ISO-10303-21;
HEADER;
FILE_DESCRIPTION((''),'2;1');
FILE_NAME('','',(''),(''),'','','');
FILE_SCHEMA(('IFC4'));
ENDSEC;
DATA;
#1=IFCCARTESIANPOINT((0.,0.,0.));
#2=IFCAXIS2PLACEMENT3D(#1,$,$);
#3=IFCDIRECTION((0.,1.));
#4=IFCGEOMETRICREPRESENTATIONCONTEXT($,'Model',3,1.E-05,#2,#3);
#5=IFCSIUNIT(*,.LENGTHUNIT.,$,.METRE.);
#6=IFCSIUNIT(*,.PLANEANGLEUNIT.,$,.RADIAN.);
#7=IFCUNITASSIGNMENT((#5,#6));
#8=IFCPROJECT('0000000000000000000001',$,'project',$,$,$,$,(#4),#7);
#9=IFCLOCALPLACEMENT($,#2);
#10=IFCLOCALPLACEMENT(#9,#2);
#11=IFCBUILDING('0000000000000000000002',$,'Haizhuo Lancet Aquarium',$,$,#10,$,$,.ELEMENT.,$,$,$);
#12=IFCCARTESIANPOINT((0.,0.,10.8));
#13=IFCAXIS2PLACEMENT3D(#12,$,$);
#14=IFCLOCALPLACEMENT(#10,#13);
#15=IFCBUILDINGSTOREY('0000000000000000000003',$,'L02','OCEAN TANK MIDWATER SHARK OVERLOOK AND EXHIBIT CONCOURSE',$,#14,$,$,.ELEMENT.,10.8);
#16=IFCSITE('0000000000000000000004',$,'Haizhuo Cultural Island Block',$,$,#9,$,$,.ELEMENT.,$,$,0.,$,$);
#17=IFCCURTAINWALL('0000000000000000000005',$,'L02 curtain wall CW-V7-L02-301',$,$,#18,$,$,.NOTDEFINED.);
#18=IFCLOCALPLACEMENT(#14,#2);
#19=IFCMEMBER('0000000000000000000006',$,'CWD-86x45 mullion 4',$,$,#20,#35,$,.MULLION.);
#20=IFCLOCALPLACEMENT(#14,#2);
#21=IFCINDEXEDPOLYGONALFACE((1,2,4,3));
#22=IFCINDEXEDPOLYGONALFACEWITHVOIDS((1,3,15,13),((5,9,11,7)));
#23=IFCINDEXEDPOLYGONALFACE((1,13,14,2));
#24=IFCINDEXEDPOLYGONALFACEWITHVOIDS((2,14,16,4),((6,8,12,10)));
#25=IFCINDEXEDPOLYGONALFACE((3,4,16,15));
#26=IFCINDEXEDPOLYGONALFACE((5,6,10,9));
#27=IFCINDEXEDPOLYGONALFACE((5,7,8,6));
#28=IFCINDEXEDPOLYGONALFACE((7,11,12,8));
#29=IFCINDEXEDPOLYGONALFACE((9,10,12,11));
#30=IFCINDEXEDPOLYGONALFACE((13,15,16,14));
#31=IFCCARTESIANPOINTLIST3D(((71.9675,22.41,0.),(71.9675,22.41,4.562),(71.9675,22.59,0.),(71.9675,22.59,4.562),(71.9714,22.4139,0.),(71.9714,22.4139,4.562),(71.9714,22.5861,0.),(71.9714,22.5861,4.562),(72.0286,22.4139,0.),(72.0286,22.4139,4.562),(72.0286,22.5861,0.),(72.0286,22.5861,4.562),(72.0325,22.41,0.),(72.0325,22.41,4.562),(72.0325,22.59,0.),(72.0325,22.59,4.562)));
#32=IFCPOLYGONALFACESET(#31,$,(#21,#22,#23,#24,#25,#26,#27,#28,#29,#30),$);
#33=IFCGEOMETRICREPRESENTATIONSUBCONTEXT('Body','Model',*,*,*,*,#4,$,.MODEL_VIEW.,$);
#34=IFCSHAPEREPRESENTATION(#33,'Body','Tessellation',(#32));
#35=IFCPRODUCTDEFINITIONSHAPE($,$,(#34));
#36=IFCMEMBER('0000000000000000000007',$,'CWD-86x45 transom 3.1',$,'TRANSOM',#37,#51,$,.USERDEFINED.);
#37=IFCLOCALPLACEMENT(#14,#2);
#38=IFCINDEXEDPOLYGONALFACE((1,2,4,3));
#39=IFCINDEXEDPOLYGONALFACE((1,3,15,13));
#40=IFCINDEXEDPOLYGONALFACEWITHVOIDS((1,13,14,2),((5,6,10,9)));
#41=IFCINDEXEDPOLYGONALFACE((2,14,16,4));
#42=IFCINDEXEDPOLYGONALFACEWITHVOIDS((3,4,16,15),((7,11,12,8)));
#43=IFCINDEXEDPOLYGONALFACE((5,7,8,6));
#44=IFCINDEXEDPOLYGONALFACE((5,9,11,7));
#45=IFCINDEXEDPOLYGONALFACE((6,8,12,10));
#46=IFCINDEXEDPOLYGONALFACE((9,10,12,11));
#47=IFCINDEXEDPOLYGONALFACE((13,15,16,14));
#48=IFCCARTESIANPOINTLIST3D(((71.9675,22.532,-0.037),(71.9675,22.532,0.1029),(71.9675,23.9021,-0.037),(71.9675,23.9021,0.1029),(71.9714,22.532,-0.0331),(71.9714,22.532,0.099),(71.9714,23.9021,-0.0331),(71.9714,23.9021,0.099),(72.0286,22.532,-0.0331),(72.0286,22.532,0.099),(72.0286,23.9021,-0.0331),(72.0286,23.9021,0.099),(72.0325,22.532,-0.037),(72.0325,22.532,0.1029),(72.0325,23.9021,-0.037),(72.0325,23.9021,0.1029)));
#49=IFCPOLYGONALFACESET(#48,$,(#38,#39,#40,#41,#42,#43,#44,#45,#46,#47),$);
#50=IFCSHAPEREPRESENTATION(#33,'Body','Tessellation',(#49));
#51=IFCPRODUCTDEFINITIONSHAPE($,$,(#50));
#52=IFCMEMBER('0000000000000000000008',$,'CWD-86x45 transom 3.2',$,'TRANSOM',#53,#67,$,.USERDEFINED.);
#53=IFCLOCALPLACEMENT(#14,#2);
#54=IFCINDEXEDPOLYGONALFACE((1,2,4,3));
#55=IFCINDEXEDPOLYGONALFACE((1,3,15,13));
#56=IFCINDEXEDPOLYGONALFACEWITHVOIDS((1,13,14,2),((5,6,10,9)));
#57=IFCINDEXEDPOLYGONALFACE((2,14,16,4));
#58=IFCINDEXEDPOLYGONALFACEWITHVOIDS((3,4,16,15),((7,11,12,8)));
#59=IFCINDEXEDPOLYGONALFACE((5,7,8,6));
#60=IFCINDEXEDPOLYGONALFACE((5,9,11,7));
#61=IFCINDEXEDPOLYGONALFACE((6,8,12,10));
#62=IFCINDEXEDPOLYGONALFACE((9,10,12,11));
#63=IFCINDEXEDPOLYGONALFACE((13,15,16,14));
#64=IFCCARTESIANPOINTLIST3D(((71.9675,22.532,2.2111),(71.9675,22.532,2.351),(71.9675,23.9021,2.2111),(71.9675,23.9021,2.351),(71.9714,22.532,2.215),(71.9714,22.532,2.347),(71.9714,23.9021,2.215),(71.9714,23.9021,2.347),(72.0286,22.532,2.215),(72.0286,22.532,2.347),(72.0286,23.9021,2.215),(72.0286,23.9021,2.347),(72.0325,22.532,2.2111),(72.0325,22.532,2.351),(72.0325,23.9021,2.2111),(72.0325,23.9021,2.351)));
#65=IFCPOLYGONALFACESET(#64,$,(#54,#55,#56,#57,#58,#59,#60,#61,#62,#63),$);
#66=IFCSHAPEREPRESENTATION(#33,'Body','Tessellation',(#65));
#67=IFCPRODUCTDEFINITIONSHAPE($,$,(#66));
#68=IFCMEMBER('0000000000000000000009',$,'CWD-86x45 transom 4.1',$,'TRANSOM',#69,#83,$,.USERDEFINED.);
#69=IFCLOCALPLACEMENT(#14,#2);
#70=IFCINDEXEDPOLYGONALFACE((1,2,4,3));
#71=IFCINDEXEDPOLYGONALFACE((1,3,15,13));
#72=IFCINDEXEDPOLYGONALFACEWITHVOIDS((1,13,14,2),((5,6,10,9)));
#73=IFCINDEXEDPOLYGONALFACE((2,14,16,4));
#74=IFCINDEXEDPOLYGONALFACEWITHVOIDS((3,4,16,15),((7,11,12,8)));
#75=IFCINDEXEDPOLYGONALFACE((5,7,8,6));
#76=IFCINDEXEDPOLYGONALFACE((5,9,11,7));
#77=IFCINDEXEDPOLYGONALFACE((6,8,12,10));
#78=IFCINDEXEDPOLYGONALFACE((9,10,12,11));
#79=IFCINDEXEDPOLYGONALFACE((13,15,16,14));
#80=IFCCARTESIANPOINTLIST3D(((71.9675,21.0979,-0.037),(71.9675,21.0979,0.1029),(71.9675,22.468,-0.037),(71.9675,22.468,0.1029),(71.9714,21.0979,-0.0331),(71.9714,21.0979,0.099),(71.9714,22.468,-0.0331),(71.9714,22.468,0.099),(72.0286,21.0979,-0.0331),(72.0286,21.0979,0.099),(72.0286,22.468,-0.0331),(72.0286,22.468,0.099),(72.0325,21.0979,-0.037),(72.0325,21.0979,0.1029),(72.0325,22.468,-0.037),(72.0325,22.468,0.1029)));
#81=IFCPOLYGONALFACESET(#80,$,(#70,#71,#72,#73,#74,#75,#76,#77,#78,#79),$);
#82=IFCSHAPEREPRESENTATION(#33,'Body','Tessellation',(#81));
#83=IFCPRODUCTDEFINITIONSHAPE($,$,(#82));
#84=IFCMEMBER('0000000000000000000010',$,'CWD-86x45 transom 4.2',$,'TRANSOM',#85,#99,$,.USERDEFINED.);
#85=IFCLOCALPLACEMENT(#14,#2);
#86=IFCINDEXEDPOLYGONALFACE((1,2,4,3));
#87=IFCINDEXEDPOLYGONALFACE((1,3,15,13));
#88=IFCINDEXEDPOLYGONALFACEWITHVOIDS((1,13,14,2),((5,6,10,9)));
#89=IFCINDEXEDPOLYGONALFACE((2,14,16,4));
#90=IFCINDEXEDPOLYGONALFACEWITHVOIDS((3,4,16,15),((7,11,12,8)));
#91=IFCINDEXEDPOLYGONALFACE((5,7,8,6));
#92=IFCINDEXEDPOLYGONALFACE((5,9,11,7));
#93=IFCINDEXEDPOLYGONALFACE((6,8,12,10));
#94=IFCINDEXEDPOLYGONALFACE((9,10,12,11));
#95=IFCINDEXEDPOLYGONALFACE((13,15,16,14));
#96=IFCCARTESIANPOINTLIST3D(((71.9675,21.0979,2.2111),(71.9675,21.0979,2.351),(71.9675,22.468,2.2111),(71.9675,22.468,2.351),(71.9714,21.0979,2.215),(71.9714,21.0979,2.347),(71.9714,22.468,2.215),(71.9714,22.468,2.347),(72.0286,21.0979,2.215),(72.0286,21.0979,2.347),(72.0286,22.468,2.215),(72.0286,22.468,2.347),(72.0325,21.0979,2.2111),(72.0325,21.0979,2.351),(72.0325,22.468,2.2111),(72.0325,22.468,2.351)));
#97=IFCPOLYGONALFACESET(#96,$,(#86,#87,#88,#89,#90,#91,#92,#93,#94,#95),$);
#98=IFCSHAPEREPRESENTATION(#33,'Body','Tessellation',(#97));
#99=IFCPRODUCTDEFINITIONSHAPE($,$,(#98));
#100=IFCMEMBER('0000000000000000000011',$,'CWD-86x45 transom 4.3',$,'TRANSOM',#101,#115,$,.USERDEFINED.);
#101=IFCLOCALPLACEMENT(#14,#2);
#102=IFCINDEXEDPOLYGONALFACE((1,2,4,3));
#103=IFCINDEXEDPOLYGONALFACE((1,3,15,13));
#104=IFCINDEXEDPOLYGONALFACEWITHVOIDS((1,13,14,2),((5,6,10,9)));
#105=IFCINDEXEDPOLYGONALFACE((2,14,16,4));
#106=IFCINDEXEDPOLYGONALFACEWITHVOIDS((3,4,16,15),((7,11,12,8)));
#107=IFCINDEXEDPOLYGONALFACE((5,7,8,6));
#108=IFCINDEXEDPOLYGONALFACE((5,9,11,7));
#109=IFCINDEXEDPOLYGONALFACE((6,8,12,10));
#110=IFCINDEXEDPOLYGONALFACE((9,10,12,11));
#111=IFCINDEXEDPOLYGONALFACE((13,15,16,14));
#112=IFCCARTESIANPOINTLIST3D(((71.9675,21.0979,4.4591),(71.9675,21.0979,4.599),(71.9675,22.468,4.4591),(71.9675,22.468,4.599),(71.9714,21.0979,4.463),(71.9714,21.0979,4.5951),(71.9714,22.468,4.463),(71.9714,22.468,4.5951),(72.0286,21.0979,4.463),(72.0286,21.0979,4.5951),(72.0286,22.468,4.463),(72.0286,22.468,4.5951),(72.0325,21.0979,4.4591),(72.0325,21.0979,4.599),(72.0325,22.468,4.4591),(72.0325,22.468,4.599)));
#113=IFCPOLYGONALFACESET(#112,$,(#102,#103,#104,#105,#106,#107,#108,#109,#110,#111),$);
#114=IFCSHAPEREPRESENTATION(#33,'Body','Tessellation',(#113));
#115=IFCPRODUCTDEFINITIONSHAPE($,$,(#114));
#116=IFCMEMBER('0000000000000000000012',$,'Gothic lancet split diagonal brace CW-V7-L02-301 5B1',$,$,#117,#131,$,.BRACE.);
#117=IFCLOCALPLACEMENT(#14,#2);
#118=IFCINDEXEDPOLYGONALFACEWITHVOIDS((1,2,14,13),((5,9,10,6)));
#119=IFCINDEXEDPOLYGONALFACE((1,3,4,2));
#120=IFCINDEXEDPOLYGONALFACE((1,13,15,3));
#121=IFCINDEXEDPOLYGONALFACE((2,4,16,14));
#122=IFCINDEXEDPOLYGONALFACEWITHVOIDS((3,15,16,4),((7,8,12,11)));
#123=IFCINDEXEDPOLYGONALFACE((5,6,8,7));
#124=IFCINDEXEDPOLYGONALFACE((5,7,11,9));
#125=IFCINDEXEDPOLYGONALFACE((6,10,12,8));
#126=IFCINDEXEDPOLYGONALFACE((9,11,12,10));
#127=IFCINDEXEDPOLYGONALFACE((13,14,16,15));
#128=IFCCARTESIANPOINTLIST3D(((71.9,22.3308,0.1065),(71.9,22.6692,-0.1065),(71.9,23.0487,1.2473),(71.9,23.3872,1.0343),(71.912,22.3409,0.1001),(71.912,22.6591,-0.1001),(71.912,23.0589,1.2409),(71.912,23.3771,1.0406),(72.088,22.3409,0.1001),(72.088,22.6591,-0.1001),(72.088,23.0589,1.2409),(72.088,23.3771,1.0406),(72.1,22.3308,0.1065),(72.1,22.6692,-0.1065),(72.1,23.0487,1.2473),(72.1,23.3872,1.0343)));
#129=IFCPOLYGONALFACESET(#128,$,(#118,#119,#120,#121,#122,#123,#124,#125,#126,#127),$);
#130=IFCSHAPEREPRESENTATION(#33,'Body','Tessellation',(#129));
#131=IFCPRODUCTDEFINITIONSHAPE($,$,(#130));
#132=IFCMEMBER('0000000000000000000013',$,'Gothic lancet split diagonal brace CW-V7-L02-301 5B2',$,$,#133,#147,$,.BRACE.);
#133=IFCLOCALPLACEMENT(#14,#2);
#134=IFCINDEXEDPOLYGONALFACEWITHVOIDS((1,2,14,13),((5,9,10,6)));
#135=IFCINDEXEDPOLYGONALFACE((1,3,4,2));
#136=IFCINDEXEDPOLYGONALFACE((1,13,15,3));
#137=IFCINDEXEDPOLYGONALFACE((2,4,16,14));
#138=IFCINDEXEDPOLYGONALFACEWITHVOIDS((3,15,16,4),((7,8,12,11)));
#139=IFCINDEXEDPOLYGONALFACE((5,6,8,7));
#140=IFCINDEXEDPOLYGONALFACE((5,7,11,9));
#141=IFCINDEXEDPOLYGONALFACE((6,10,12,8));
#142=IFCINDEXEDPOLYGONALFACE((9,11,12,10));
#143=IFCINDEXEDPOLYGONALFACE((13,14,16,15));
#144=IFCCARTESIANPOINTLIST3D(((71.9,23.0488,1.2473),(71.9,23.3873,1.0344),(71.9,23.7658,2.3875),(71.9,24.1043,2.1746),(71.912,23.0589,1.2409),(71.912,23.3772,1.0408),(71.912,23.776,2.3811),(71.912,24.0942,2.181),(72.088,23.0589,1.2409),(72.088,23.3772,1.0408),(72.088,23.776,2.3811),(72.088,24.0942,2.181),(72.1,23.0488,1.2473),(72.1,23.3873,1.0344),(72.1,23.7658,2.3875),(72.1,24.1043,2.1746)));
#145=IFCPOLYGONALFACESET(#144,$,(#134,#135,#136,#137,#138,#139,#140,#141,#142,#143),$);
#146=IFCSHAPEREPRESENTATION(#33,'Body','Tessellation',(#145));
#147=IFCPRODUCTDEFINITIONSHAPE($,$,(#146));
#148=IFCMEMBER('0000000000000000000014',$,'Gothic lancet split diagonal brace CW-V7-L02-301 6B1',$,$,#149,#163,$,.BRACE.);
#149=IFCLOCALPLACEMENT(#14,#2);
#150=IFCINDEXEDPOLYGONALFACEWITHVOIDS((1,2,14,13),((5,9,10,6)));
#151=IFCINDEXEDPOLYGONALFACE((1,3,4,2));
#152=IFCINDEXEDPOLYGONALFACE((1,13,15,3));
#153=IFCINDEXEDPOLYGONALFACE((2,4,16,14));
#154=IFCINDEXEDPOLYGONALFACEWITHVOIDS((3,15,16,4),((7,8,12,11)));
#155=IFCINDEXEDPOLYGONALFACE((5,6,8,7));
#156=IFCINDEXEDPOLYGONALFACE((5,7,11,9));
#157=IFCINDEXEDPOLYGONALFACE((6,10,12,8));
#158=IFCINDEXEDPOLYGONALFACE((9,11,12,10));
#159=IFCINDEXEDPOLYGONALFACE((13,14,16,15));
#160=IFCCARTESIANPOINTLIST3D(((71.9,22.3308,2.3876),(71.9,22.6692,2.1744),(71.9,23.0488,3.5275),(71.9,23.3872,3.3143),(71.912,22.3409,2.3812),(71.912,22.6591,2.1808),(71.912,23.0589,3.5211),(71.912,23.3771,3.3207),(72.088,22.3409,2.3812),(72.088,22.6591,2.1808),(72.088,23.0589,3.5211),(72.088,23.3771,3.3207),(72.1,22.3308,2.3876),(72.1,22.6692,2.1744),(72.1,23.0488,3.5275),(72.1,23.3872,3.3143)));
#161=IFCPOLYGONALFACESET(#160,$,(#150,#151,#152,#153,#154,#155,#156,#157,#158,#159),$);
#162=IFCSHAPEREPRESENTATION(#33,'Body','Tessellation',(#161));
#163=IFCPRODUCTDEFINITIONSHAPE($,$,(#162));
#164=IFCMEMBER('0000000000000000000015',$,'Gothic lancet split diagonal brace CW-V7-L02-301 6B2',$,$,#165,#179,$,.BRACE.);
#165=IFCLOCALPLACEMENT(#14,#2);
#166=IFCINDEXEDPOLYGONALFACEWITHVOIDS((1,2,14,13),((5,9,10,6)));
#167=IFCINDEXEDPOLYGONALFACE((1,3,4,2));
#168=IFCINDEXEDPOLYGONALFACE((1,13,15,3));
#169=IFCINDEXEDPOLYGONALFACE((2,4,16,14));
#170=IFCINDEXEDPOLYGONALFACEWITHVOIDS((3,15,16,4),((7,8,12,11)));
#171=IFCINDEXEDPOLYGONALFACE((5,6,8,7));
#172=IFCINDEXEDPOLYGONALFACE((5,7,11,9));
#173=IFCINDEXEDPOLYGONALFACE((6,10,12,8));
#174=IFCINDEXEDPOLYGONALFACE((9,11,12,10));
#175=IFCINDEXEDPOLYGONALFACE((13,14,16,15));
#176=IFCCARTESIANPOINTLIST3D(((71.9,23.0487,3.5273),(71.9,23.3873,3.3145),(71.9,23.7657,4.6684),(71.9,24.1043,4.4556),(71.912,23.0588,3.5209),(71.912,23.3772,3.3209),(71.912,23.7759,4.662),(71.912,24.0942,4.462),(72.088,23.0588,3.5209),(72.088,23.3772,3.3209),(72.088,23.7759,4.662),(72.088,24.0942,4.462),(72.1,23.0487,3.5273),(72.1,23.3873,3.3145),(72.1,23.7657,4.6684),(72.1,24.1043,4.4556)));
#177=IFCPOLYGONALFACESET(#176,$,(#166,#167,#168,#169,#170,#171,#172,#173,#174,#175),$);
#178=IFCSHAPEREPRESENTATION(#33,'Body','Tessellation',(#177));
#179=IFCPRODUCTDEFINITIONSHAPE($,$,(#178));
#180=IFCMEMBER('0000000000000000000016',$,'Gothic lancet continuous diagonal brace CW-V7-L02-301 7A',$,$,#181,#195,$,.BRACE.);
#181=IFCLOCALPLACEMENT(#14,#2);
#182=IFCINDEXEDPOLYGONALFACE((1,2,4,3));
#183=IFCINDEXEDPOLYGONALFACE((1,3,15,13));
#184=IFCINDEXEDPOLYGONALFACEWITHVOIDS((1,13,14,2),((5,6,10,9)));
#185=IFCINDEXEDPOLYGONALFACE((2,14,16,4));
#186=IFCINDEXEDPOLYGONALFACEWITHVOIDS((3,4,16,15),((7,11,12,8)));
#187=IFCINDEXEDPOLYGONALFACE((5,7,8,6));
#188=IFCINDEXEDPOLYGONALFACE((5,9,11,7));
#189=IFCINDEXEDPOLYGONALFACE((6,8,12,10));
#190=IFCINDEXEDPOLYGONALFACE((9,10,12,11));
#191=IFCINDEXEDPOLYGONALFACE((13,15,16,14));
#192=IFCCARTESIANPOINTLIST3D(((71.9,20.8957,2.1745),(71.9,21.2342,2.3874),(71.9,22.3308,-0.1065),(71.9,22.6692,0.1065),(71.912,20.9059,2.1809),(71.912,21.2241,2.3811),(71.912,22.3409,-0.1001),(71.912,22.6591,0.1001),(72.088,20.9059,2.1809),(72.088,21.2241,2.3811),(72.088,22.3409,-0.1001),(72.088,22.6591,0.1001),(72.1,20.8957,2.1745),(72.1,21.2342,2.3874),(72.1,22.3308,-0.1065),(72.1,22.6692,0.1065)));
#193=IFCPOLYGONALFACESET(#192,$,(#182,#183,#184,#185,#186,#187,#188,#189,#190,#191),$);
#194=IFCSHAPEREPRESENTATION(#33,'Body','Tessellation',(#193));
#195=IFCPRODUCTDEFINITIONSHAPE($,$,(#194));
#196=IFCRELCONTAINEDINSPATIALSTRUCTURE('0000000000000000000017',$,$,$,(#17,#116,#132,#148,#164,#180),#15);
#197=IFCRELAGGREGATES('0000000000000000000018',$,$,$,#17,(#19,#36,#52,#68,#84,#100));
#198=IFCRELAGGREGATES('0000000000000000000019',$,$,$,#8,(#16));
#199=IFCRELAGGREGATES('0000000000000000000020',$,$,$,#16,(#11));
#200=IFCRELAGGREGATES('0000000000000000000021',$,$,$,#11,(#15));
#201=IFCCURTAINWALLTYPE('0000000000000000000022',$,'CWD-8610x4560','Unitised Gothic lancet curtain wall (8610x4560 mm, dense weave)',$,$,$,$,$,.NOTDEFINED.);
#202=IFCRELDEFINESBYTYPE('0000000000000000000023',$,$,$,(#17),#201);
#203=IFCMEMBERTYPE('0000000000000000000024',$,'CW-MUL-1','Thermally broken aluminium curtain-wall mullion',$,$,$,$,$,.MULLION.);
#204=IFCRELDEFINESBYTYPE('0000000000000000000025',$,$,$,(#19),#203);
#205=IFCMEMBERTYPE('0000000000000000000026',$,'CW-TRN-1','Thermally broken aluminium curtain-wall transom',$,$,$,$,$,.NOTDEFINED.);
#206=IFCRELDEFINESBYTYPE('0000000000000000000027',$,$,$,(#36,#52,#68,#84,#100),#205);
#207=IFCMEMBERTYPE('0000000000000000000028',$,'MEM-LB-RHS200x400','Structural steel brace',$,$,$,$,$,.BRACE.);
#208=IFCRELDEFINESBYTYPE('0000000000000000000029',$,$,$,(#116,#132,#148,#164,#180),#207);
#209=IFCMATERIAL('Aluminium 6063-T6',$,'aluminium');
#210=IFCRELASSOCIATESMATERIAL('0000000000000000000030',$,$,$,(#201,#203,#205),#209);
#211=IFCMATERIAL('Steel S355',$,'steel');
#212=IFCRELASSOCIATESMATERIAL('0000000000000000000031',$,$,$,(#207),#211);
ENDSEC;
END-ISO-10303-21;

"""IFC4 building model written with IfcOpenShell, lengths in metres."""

from ifc_helpers import new_model, si_unit, direction, frame, origin, origin_2d, place, context, subcontext, project, spatial, hollow_rectangle, extrude, material, material_profile, profile_set, type_object, element, aggregate, save


model = new_model("IFC4")

# Units and contexts
model_context = context("Model", 3, precision=1e-05, world=origin(), true_north=direction((0.0, 1.0)))
body_context = subcontext(model_context, "Body", "Model", "MODEL_VIEW")
ifc_project = project(units=[si_unit("LENGTHUNIT", "METRE"), si_unit("PLANEANGLEUNIT", "RADIAN")], contexts=[model_context])

# Site, building, storey
site_placement = place(None, origin())
site = spatial("IfcSite", under=ifc_project, at=site_placement, Name="Haizhuo Cultural Island Block", CompositionType="ELEMENT", RefElevation=0.0)
building_placement = place(site_placement, origin())
building = spatial("IfcBuilding", under=site, at=building_placement, Name="Haizhuo Lancet Aquarium", CompositionType="ELEMENT")
storey_placement = place(building_placement, frame((0.0, 0.0, 10.8)))
storey = spatial("IfcBuildingStorey", under=building, at=storey_placement, Name="L02", Description="OCEAN TANK MIDWATER SHARK OVERLOOK AND EXHIBIT CONCOURSE", CompositionType="ELEMENT", Elevation=10.8)

# Curtain wall, members
ifc_material_1 = material(Name="Aluminium 6063-T6", Category="aluminium")
curtain_wall_type = type_object("IfcCurtainWallType", Name="CWD-8610x4560", Description="Unitised Gothic lancet curtain wall (8610x4560 mm, dense weave)", PredefinedType="NOTDEFINED", material=ifc_material_1)
curtain_wall_placement = place(storey_placement, origin())
curtain_wall = element("IfcCurtainWall", 1, at=curtain_wall_placement, inside=storey, type_object=curtain_wall_type, Name="L02 curtain wall CW-V7-L02-301", PredefinedType="NOTDEFINED")
ifc_material_profile_1 = material_profile(ifc_material_1, hollow_rectangle(XDim=0.0649, YDim=0.1799, WallThickness=0.0039, at=origin_2d()), Name="ALU-M 65x180x4")
ifc_profile_set_1 = profile_set([ifc_material_profile_1], Name="Aluminium 6063-T6")
member_type_1 = type_object("IfcMemberType", Name="CW-MUL-1", Description="Thermally broken aluminium curtain-wall mullion", PredefinedType="MULLION", material=ifc_profile_set_1)
member_1_placement = place(storey_placement, frame((72.0, 22.5, 0.0), z_axis=(0.0, 0.0, 1.0), x_axis=(1.0, 0.0, 0.0)))
member_1 = element("IfcMember", 2, at=member_1_placement, type_object=member_type_1, Name="CWD-86x45 mullion 4", PredefinedType="MULLION", context=body_context, shape_type="SweptSolid", body=[
    extrude(hollow_rectangle(XDim=0.0649, YDim=0.1799, WallThickness=0.0039, at=origin_2d()), origin(), (0.0, 0.0, 1.0), 4.562),
])
ifc_material_profile_2 = material_profile(ifc_material_1, hollow_rectangle(XDim=0.0649, YDim=0.1399, WallThickness=0.0039, at=origin_2d()), Name="ALU-T 65x140x4")
ifc_profile_set_2 = profile_set([ifc_material_profile_2], Name="Aluminium 6063-T6")
member_type_2 = type_object("IfcMemberType", Name="CW-TRN-1", Description="Thermally broken aluminium curtain-wall transom", PredefinedType="NOTDEFINED", material=ifc_profile_set_2)
member_2_placement = place(storey_placement, frame((72.0, 23.9021, 0.033), z_axis=(0.0, -1.0, 0.0), x_axis=(1.0, 0.0, 0.0)))
member_2 = element("IfcMember", 3, at=member_2_placement, type_object=member_type_2, Name="CWD-86x45 transom 3.1", ObjectType="TRANSOM", PredefinedType="USERDEFINED", context=body_context, shape_type="SweptSolid", body=[
    extrude(hollow_rectangle(XDim=0.0649, YDim=0.1399, WallThickness=0.0039, at=origin_2d()), origin(), (0.0, 0.0, 1.0), 1.3701),
])
member_3_placement = place(storey_placement, frame((72.0, 23.9021, 2.281), z_axis=(0.0, -1.0, 0.0), x_axis=(1.0, 0.0, 0.0)))
member_3 = element("IfcMember", 4, at=member_3_placement, type_object=member_type_2, Name="CWD-86x45 transom 3.2", ObjectType="TRANSOM", PredefinedType="USERDEFINED", context=body_context, shape_type="SweptSolid", body=[
    extrude(hollow_rectangle(XDim=0.0649, YDim=0.1399, WallThickness=0.0039, at=origin_2d()), origin(), (0.0, 0.0, 1.0), 1.3701),
])
member_4_placement = place(storey_placement, frame((72.0, 22.468, 0.033), z_axis=(0.0, -1.0, 0.0), x_axis=(1.0, 0.0, 0.0)))
member_4 = element("IfcMember", 5, at=member_4_placement, type_object=member_type_2, Name="CWD-86x45 transom 4.1", ObjectType="TRANSOM", PredefinedType="USERDEFINED", context=body_context, shape_type="SweptSolid", body=[
    extrude(hollow_rectangle(XDim=0.0649, YDim=0.1399, WallThickness=0.0039, at=origin_2d()), origin(), (0.0, 0.0, 1.0), 1.3701),
])
member_5_placement = place(storey_placement, frame((72.0, 22.468, 2.281), z_axis=(0.0, -1.0, 0.0), x_axis=(1.0, 0.0, 0.0)))
member_5 = element("IfcMember", 6, at=member_5_placement, type_object=member_type_2, Name="CWD-86x45 transom 4.2", ObjectType="TRANSOM", PredefinedType="USERDEFINED", context=body_context, shape_type="SweptSolid", body=[
    extrude(hollow_rectangle(XDim=0.0649, YDim=0.1399, WallThickness=0.0039, at=origin_2d()), origin(), (0.0, 0.0, 1.0), 1.3701),
])
member_6_placement = place(storey_placement, frame((72.0, 22.468, 4.5291), z_axis=(0.0, -1.0, 0.0), x_axis=(1.0, 0.0, 0.0)))
member_6 = element("IfcMember", 7, at=member_6_placement, type_object=member_type_2, Name="CWD-86x45 transom 4.3", ObjectType="TRANSOM", PredefinedType="USERDEFINED", context=body_context, shape_type="SweptSolid", body=[
    extrude(hollow_rectangle(XDim=0.0649, YDim=0.1399, WallThickness=0.0039, at=origin_2d()), origin(), (0.0, 0.0, 1.0), 1.3701),
])

# Members
ifc_material_2 = material(Name="Steel S355", Category="steel")
ifc_material_profile_3 = material_profile(ifc_material_2, hollow_rectangle(XDim=0.2, YDim=0.3999, WallThickness=0.012, at=origin_2d()), Name="RHS 200x400x12")
ifc_profile_set_3 = profile_set([ifc_material_profile_3], Name="Steel S355")
member_type_3 = type_object("IfcMemberType", Name="MEM-LB-RHS200x400", Description="Structural steel brace", PredefinedType="BRACE", material=ifc_profile_set_3)
member_7_placement = place(storey_placement, frame((72.0, 22.5, 0.0), z_axis=(0.0, 0.53265, 0.846336), x_axis=(-1.0, 0.0, 0.0)))
element("IfcMember", 8, at=member_7_placement, inside=storey, type_object=member_type_3, Name="Gothic lancet split diagonal brace CW-V7-L02-301 5B1", PredefinedType="BRACE", context=body_context, shape_type="SweptSolid", body=[
    extrude(hollow_rectangle(XDim=0.2, YDim=0.3999, WallThickness=0.012, at=origin_2d()), origin(), (0.0, 0.0, 1.0), 1.3479),
])
member_8_placement = place(storey_placement, frame((72.0, 23.218, 1.1409), z_axis=(0.0, 0.532376, 0.846508), x_axis=(-1.0, 0.0, 0.0)))
element("IfcMember", 9, at=member_8_placement, inside=storey, type_object=member_type_3, Name="Gothic lancet split diagonal brace CW-V7-L02-301 5B2", PredefinedType="BRACE", context=body_context, shape_type="SweptSolid", body=[
    extrude(hollow_rectangle(XDim=0.2, YDim=0.3999, WallThickness=0.012, at=origin_2d()), origin(), (0.0, 0.0, 1.0), 1.3469),
])
member_9_placement = place(storey_placement, frame((72.0, 22.5, 2.281), z_axis=(0.0, 0.532977, 0.84613), x_axis=(-1.0, 0.0, 0.0)))
element("IfcMember", 10, at=member_9_placement, inside=storey, type_object=member_type_3, Name="Gothic lancet split diagonal brace CW-V7-L02-301 6B1", PredefinedType="BRACE", context=body_context, shape_type="SweptSolid", body=[
    extrude(hollow_rectangle(XDim=0.2, YDim=0.3999, WallThickness=0.012, at=origin_2d()), origin(), (0.0, 0.0, 1.0), 1.3472),
])
member_10_placement = place(storey_placement, frame((72.0, 23.218, 3.4209), z_axis=(0.0, 0.532049, 0.846713), x_axis=(-1.0, 0.0, 0.0)))
element("IfcMember", 11, at=member_10_placement, inside=storey, type_object=member_type_3, Name="Gothic lancet split diagonal brace CW-V7-L02-301 6B2", PredefinedType="BRACE", context=body_context, shape_type="SweptSolid", body=[
    extrude(hollow_rectangle(XDim=0.2, YDim=0.3999, WallThickness=0.012, at=origin_2d()), origin(), (0.0, 0.0, 1.0), 1.3477),
])
member_11_placement = place(storey_placement, frame((72.0, 22.5, 0.0), z_axis=(0.0, -0.532513, 0.846422), x_axis=(1.0, 0.0, 0.0)))
element("IfcMember", 12, at=member_11_placement, inside=storey, type_object=member_type_3, Name="Gothic lancet continuous diagonal brace CW-V7-L02-301 7A", PredefinedType="BRACE", context=body_context, shape_type="SweptSolid", body=[
    extrude(hollow_rectangle(XDim=0.2, YDim=0.3999, WallThickness=0.012, at=origin_2d()), origin(), (0.0, 0.0, 1.0), 2.6948),
])

aggregate(curtain_wall, [member_1, member_2, member_3, member_4, member_5, member_6])

save(model, "model.ifc")
